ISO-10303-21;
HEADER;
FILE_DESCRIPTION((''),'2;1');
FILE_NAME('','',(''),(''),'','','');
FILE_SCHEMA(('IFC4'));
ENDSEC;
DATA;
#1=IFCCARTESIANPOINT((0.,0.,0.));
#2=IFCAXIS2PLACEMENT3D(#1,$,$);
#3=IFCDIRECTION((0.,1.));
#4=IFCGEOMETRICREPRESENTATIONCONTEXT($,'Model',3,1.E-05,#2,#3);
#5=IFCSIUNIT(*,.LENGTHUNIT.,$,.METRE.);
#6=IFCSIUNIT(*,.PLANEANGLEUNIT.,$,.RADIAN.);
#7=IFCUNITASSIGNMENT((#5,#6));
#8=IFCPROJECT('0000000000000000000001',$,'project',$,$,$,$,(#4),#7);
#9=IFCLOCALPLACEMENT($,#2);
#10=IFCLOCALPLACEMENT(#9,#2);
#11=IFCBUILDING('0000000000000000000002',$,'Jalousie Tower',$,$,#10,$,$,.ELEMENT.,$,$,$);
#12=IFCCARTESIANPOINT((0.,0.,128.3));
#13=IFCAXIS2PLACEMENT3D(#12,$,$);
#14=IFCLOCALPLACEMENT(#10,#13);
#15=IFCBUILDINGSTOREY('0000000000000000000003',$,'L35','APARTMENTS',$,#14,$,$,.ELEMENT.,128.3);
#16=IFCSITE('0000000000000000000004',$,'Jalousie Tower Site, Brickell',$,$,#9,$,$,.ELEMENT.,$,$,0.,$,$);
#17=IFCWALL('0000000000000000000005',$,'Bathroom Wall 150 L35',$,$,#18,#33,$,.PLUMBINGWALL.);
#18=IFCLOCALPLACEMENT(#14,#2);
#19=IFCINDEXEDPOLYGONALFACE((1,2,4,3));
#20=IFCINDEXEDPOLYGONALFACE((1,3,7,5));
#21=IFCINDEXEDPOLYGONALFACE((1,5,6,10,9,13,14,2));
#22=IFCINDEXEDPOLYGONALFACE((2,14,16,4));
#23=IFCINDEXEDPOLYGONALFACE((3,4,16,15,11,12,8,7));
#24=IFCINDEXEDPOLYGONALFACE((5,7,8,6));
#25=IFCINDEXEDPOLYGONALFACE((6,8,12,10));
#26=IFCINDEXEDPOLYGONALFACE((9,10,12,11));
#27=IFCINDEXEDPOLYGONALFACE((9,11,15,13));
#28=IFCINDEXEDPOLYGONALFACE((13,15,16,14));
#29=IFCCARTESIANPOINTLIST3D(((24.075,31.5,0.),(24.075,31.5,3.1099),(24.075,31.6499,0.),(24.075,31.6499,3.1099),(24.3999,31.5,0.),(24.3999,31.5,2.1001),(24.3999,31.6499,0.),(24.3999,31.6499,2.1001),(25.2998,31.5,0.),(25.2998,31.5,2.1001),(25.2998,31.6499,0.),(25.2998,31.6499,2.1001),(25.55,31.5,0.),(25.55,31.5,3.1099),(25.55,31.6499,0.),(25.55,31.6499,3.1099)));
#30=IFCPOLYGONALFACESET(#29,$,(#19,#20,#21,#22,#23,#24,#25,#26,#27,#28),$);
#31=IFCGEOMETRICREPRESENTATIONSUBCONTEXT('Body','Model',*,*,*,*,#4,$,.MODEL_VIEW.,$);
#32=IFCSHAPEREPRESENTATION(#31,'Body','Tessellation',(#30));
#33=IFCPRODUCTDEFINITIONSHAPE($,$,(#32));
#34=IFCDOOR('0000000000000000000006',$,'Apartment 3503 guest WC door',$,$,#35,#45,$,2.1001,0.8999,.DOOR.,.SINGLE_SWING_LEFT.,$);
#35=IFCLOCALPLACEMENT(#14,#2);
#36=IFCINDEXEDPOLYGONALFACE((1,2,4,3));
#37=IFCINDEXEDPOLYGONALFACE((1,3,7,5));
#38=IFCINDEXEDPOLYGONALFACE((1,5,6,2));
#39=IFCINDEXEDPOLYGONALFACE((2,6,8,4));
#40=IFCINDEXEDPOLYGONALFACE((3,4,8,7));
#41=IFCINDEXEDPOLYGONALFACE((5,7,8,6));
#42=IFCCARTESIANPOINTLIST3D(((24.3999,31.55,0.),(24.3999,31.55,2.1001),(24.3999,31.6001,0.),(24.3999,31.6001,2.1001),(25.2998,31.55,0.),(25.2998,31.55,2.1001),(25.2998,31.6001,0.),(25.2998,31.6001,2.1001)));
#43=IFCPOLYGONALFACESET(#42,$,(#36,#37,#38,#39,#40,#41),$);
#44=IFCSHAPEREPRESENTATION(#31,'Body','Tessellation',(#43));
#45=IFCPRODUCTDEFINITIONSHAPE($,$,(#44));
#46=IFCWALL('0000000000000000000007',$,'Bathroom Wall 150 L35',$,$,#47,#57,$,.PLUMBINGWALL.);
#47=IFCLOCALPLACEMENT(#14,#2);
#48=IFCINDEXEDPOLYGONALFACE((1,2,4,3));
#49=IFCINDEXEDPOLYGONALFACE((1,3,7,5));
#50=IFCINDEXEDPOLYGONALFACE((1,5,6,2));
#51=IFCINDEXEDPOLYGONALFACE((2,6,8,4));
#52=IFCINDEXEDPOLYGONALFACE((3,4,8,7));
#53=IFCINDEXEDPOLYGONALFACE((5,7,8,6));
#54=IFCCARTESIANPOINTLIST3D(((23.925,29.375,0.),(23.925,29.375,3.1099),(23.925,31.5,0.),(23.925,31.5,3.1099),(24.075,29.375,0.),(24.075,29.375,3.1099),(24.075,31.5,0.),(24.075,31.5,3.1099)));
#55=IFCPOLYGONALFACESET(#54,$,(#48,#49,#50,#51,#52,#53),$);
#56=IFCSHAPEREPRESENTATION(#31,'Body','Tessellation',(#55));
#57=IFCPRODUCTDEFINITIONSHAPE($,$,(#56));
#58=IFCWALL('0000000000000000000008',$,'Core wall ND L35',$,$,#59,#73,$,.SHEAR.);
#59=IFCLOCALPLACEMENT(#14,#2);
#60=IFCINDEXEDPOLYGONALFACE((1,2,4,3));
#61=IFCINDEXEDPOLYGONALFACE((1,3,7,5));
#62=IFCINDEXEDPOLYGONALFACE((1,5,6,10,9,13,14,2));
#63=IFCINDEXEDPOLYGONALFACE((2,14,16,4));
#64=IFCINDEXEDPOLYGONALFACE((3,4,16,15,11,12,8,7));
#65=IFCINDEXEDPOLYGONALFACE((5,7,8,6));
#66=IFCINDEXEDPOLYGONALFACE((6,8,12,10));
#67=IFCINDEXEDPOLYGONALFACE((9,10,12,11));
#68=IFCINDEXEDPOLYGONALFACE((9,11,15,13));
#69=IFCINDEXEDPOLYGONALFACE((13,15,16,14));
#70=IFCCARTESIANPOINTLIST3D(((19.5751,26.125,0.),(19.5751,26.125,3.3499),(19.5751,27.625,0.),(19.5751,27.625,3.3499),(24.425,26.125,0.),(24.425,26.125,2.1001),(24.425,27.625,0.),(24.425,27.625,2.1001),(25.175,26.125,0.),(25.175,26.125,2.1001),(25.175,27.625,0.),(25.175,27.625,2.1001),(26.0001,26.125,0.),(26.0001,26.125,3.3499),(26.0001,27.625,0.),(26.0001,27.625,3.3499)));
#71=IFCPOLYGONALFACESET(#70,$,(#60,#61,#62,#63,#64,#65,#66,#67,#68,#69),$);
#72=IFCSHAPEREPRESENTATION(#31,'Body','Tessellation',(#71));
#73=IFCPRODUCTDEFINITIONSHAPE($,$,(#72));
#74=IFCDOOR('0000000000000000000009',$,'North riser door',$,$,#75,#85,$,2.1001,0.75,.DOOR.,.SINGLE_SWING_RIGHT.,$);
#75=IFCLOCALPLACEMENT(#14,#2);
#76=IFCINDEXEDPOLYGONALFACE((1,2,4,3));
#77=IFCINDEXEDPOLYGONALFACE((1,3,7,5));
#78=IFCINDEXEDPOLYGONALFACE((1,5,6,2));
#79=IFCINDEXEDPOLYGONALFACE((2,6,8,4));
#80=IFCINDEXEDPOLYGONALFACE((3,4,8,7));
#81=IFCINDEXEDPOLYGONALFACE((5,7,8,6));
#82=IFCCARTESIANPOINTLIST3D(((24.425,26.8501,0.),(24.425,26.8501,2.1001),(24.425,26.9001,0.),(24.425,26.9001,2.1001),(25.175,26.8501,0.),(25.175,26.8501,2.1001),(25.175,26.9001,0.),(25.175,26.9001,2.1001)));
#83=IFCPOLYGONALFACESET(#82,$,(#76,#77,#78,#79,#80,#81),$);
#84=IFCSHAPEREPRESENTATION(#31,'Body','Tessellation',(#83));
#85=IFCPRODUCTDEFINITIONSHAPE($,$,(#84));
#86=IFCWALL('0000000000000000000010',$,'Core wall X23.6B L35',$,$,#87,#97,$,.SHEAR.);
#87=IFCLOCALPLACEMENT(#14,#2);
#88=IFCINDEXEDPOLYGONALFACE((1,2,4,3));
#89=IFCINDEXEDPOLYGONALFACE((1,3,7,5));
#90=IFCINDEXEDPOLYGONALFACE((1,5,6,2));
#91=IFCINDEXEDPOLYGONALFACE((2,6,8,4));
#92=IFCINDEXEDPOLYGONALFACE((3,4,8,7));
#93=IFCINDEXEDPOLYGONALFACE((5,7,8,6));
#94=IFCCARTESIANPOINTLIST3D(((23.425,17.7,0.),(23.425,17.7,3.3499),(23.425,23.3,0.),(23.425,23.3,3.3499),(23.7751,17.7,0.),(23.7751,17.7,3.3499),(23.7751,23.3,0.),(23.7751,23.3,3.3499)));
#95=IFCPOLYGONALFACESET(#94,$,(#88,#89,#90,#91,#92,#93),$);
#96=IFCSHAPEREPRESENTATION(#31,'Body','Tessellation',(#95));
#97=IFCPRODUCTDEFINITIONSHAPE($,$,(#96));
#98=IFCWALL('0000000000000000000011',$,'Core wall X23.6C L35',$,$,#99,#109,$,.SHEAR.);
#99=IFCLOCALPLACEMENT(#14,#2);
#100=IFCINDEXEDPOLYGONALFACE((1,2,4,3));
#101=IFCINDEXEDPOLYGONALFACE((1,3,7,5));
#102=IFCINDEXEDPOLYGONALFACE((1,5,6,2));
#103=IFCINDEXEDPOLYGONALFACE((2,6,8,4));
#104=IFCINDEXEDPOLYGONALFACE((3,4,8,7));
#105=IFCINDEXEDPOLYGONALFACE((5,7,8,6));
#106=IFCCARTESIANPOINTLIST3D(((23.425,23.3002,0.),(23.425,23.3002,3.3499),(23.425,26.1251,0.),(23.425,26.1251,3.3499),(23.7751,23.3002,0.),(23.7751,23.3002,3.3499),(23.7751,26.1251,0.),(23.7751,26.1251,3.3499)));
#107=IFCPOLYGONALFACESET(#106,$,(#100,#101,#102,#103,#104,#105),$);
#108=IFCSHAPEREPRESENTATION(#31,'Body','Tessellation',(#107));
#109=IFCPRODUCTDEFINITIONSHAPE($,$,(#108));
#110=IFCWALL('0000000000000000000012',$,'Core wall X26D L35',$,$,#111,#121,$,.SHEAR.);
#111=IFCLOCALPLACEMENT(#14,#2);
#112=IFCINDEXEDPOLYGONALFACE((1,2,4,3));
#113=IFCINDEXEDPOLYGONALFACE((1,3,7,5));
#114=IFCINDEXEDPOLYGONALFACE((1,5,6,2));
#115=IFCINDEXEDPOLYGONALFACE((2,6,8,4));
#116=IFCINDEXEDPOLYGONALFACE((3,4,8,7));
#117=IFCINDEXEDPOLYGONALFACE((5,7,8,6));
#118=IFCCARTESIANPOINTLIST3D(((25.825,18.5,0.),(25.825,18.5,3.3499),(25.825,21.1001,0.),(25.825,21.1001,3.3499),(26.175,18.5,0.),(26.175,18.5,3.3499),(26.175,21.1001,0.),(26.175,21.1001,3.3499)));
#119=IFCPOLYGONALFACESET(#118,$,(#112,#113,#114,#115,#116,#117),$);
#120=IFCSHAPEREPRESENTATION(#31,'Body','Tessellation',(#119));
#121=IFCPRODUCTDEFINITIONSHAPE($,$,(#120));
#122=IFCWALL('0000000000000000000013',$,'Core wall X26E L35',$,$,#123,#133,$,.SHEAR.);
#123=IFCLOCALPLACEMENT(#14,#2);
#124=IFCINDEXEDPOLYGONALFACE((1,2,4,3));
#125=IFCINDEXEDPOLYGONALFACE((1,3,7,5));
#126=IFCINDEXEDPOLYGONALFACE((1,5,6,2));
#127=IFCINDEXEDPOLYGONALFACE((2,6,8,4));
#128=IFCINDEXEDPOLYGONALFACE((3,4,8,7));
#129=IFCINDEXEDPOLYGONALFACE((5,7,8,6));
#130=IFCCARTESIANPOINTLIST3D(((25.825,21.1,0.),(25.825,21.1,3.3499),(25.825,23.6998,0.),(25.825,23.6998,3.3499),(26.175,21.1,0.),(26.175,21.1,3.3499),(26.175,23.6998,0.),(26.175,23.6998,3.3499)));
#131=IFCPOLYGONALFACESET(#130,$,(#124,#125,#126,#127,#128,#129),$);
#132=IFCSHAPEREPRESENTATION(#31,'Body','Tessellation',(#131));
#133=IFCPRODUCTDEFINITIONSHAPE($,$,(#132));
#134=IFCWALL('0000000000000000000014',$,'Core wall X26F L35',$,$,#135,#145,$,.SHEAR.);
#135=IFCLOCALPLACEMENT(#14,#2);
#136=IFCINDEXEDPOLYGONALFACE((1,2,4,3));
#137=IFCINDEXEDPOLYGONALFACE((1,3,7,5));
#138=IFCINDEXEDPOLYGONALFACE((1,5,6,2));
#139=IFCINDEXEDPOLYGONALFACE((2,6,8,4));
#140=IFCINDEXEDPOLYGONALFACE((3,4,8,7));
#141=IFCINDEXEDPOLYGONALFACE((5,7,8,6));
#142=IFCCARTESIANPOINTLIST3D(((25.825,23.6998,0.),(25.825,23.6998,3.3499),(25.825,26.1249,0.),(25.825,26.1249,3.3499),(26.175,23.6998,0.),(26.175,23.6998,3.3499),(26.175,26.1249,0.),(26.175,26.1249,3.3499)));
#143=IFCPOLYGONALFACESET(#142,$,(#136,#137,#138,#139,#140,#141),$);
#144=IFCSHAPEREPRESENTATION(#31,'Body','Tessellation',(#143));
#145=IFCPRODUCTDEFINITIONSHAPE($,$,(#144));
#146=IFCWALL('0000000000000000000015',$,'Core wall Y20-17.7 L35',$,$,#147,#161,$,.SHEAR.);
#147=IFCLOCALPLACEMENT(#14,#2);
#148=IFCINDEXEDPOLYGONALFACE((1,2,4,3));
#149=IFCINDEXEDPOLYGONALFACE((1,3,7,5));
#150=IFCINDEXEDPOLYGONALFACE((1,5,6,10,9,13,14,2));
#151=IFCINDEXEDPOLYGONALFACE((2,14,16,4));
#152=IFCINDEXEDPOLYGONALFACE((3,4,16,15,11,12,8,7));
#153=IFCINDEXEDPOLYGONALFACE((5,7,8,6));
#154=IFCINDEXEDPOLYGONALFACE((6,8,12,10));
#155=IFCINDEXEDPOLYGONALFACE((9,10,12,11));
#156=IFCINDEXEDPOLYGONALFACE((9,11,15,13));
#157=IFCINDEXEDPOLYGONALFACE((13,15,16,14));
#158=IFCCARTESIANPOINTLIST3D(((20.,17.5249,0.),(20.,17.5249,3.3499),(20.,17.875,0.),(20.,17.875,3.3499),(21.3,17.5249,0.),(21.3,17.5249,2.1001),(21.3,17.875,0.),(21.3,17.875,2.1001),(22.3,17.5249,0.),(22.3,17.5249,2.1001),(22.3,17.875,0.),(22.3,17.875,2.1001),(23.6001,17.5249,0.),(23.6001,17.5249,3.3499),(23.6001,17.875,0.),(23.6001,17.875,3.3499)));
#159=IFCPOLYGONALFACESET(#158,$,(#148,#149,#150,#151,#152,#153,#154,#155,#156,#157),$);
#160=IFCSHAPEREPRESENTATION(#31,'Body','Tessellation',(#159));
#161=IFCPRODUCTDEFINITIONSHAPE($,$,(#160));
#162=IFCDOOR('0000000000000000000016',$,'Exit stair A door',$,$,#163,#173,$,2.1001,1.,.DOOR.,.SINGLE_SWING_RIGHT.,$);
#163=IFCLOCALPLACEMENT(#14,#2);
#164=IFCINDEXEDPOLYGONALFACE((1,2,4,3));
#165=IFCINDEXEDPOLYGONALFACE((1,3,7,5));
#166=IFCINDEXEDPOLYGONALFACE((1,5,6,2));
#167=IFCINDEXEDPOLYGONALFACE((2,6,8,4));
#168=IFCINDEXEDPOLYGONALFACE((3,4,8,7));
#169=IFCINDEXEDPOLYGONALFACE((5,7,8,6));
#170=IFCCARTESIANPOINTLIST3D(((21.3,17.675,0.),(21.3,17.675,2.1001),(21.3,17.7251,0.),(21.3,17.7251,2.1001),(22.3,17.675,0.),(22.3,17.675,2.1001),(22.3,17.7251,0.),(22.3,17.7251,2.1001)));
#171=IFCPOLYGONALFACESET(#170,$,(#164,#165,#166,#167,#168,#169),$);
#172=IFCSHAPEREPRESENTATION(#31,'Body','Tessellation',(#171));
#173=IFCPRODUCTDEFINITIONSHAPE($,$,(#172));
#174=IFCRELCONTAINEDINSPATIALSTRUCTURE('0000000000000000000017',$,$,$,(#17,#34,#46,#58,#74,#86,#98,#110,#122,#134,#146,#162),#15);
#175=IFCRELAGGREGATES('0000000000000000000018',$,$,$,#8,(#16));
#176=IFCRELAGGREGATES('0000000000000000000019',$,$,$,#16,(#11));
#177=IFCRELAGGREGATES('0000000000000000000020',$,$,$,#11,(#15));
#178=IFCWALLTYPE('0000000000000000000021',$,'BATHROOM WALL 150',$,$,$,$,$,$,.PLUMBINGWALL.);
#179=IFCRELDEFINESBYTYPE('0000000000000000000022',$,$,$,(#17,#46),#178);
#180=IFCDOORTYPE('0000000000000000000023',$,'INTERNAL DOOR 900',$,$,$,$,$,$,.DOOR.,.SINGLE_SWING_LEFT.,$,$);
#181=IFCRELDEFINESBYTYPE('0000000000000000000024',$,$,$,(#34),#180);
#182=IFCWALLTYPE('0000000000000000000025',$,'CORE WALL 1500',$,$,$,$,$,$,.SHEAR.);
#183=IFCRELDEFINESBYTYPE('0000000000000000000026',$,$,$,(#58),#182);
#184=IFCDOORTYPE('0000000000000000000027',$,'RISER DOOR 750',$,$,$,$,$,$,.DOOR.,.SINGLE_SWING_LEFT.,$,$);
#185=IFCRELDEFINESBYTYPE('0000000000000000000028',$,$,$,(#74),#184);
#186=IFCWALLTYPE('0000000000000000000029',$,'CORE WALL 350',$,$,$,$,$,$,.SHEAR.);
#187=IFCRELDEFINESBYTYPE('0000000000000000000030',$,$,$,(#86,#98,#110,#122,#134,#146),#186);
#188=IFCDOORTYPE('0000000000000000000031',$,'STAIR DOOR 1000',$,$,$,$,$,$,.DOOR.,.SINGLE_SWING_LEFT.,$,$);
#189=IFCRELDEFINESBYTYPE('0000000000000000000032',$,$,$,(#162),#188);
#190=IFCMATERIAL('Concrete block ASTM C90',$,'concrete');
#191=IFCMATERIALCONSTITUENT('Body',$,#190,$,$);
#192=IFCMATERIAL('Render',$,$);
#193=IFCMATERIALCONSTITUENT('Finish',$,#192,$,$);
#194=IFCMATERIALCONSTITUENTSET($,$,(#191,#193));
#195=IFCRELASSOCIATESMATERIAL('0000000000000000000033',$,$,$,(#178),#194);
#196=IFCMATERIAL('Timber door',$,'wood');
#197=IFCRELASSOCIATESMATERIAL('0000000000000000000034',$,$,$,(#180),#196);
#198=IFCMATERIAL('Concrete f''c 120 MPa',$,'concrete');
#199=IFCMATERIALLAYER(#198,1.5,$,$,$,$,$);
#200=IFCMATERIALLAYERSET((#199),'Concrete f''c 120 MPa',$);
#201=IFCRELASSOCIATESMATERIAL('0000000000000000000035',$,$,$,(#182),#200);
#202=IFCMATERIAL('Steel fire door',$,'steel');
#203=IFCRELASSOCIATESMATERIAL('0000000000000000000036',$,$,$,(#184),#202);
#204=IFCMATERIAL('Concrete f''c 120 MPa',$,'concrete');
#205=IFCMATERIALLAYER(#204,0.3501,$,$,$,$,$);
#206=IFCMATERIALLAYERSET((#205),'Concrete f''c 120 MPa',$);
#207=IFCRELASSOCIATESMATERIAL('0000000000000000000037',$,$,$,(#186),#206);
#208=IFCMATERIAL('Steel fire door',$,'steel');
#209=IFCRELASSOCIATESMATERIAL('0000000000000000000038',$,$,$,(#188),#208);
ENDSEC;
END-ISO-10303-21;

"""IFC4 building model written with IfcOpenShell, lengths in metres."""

from ifc_helpers import new_model, si_unit, direction, frame, frame_2d, origin, place, context, subcontext, project, spatial, rectangle, extrude, material, layer, layer_set, constituent, constituent_set, type_object, element, fill, save


model = new_model("IFC4")

# Units and contexts
model_context = context("Model", 3, precision=1e-05, world=origin(), true_north=direction((0.0, 1.0)))
body_context = subcontext(model_context, "Body", "Model", "MODEL_VIEW")
ifc_project = project(units=[si_unit("LENGTHUNIT", "METRE"), si_unit("PLANEANGLEUNIT", "RADIAN")], contexts=[model_context])

# Site, building, storey
site_placement = place(None, origin())
site = spatial("IfcSite", under=ifc_project, at=site_placement, Name="Jalousie Tower Site, Brickell", CompositionType="ELEMENT", RefElevation=0.0)
building_placement = place(site_placement, origin())
building = spatial("IfcBuilding", under=site, at=building_placement, Name="Jalousie Tower", CompositionType="ELEMENT")
storey_placement = place(building_placement, frame((0.0, 0.0, 128.3)))
storey = spatial("IfcBuildingStorey", under=building, at=storey_placement, Name="L35", Description="APARTMENTS", CompositionType="ELEMENT", Elevation=128.3)

# Wall, opening, door
ifc_material_1 = material(Name="Concrete block ASTM C90", Category="concrete")
ifc_constituent_1 = constituent(ifc_material_1, Name="Body")
ifc_material_2 = material(Name="Render")
ifc_constituent_2 = constituent(ifc_material_2, Name="Finish")
ifc_constituent_set = constituent_set(constituents=[ifc_constituent_1, ifc_constituent_2])
wall_type_1 = type_object("IfcWallType", Name="BATHROOM WALL 150", PredefinedType="PLUMBINGWALL", material=ifc_constituent_set)
wall_1_placement = place(storey_placement, frame((24.075, 31.575, 0.0), z_axis=(0.0, 0.0, 1.0), x_axis=(1.0, 0.0, 0.0)))
wall_1 = element("IfcWall", 1, at=wall_1_placement, inside=storey, type_object=wall_type_1, Name="Bathroom Wall 150 L35", PredefinedType="PLUMBINGWALL", context=body_context, shape_type="SweptSolid", body=[
    extrude(rectangle(XDim=1.4751, YDim=0.1499, at=frame_2d((0.7375, 0.0))), origin(), (0.0, 0.0, 1.0), 3.1099),
])
opening_1_placement = place(wall_1_placement, frame((0.325, 0.0, 0.0)))
opening_1 = element("IfcOpeningElement", 2, at=opening_1_placement, cuts=wall_1, PredefinedType="OPENING", context=body_context, shape_type="SweptSolid", body=[
    extrude(rectangle(XDim=0.8999, YDim=2.1001, at=frame_2d((0.45, 1.05))), frame((0.0, 0.085, 0.0), z_axis=(0.0, -1.0, 0.0), x_axis=(1.0, 0.0, 0.0)), (0.0, 0.0, 1.0), 0.1699),
])
ifc_material_3 = material(Name="Timber door", Category="wood")
door_type_1 = type_object("IfcDoorType", Name="INTERNAL DOOR 900", OperationType="SINGLE_SWING_LEFT", PredefinedType="DOOR", material=ifc_material_3)
door_1_placement = place(opening_1_placement, frame((0.8999, 0.0, 0.0), z_axis=(0.0, 0.0, 1.0), x_axis=(-1.0, 0.0, 0.0)))
door_1 = element("IfcDoor", 3, at=door_1_placement, inside=storey, type_object=door_type_1, Name="Apartment 3503 guest WC door", OperationType="SINGLE_SWING_LEFT", OverallHeight=2.1001, OverallWidth=0.8999, PredefinedType="DOOR", context=body_context, shape_type="SweptSolid", body=[
    extrude(rectangle(XDim=0.8999, YDim=2.1001, at=frame_2d((0.45, 1.05))), frame((0.0, 0.0249, 0.0), z_axis=(0.0, -1.0, 0.0), x_axis=(1.0, 0.0, 0.0)), (0.0, 0.0, 1.0), 0.05),
])
fill(opening_1, door_1)

# Wall
wall_2_placement = place(storey_placement, frame((24.0, 31.5, 0.0), z_axis=(0.0, 0.0, 1.0), x_axis=(0.0, -1.0, 0.0)))
element("IfcWall", 4, at=wall_2_placement, inside=storey, type_object=wall_type_1, Name="Bathroom Wall 150 L35", PredefinedType="PLUMBINGWALL", context=body_context, shape_type="SweptSolid", body=[
    extrude(rectangle(XDim=2.125, YDim=0.1499, at=frame_2d((1.0625, 0.0))), origin(), (0.0, 0.0, 1.0), 3.1099),
])

# Wall, opening, door
ifc_material_4 = material(Name="Concrete f'c 120 MPa", Category="concrete")
ifc_layer_1 = layer(ifc_material_4, 1.5)
ifc_layer_set_1 = layer_set([ifc_layer_1], Name="Concrete f'c 120 MPa")
wall_type_2 = type_object("IfcWallType", Name="CORE WALL 1500", PredefinedType="SHEAR", material=ifc_layer_set_1)
wall_3_placement = place(storey_placement, frame((26.0, 26.875, 0.0), z_axis=(0.0, 0.0, 1.0), x_axis=(-1.0, 0.0, 0.0)))
wall_3 = element("IfcWall", 5, at=wall_3_placement, inside=storey, type_object=wall_type_2, Name="Core wall ND L35", PredefinedType="SHEAR", context=body_context, shape_type="SweptSolid", body=[
    extrude(rectangle(XDim=6.425, YDim=1.5, at=frame_2d((3.2124, 0.0))), origin(), (0.0, 0.0, 1.0), 3.3499),
])
opening_2_placement = place(wall_3_placement, frame((0.825, 0.0, 0.0)))
opening_2 = element("IfcOpeningElement", 6, at=opening_2_placement, cuts=wall_3, PredefinedType="OPENING", context=body_context, shape_type="SweptSolid", body=[
    extrude(rectangle(XDim=0.75, YDim=2.1001, at=frame_2d((0.375, 1.05))), frame((0.0, 0.76, 0.0), z_axis=(0.0, -1.0, 0.0), x_axis=(1.0, 0.0, 0.0)), (0.0, 0.0, 1.0), 1.52),
])
ifc_material_5 = material(Name="Steel fire door", Category="steel")
door_type_2 = type_object("IfcDoorType", Name="RISER DOOR 750", OperationType="SINGLE_SWING_LEFT", PredefinedType="DOOR", material=ifc_material_5)
door_2_placement = place(opening_2_placement, origin())
door_2 = element("IfcDoor", 7, at=door_2_placement, inside=storey, type_object=door_type_2, Name="North riser door", OperationType="SINGLE_SWING_RIGHT", OverallHeight=2.1001, OverallWidth=0.75, PredefinedType="DOOR", context=body_context, shape_type="SweptSolid", body=[
    extrude(rectangle(XDim=0.75, YDim=2.1001, at=frame_2d((0.375, 1.05))), frame((0.0, 0.0249, 0.0), z_axis=(0.0, -1.0, 0.0), x_axis=(1.0, 0.0, 0.0)), (0.0, 0.0, 1.0), 0.05),
])
fill(opening_2, door_2)

# Walls
ifc_material_6 = material(Name="Concrete f'c 120 MPa", Category="concrete")
ifc_layer_2 = layer(ifc_material_6, 0.3501)
ifc_layer_set_2 = layer_set([ifc_layer_2], Name="Concrete f'c 120 MPa")
wall_type_3 = type_object("IfcWallType", Name="CORE WALL 350", PredefinedType="SHEAR", material=ifc_layer_set_2)
wall_4_placement = place(storey_placement, frame((23.6001, 17.7, 0.0), z_axis=(0.0, 0.0, 1.0), x_axis=(0.0, 1.0, 0.0)))
element("IfcWall", 8, at=wall_4_placement, inside=storey, type_object=wall_type_3, Name="Core wall X23.6B L35", PredefinedType="SHEAR", context=body_context, shape_type="SweptSolid", body=[
    extrude(rectangle(XDim=5.6001, YDim=0.3501, at=frame_2d((2.8, 0.0))), origin(), (0.0, 0.0, 1.0), 3.3499),
])
wall_5_placement = place(storey_placement, frame((23.6001, 23.3, 0.0), z_axis=(0.0, 0.0, 1.0), x_axis=(0.0, 1.0, 0.0)))
element("IfcWall", 9, at=wall_5_placement, inside=storey, type_object=wall_type_3, Name="Core wall X23.6C L35", PredefinedType="SHEAR", context=body_context, shape_type="SweptSolid", body=[
    extrude(rectangle(XDim=2.825, YDim=0.3501, at=frame_2d((1.4126, 0.0))), origin(), (0.0, 0.0, 1.0), 3.3499),
])
wall_6_placement = place(storey_placement, frame((26.0, 18.5, 0.0), z_axis=(0.0, 0.0, 1.0), x_axis=(0.0, 1.0, 0.0)))
element("IfcWall", 10, at=wall_6_placement, inside=storey, type_object=wall_type_3, Name="Core wall X26D L35", PredefinedType="SHEAR", context=body_context, shape_type="SweptSolid", body=[
    extrude(rectangle(XDim=2.6001, YDim=0.3501, at=frame_2d((1.3, 0.0))), origin(), (0.0, 0.0, 1.0), 3.3499),
])
wall_7_placement = place(storey_placement, frame((26.0, 21.1001, 0.0), z_axis=(0.0, 0.0, 1.0), x_axis=(0.0, 1.0, 0.0)))
element("IfcWall", 11, at=wall_7_placement, inside=storey, type_object=wall_type_3, Name="Core wall X26E L35", PredefinedType="SHEAR", context=body_context, shape_type="SweptSolid", body=[
    extrude(rectangle(XDim=2.5999, YDim=0.3501, at=frame_2d((1.2998, 0.0))), origin(), (0.0, 0.0, 1.0), 3.3499),
])
wall_8_placement = place(storey_placement, frame((26.0, 23.7, 0.0), z_axis=(0.0, 0.0, 1.0), x_axis=(0.0, 1.0, 0.0)))
element("IfcWall", 12, at=wall_8_placement, inside=storey, type_object=wall_type_3, Name="Core wall X26F L35", PredefinedType="SHEAR", context=body_context, shape_type="SweptSolid", body=[
    extrude(rectangle(XDim=2.425, YDim=0.3501, at=frame_2d((1.2124, 0.0))), origin(), (0.0, 0.0, 1.0), 3.3499),
])

# Wall, opening, door
wall_9_placement = place(storey_placement, frame((20.0, 17.7, 0.0), z_axis=(0.0, 0.0, 1.0), x_axis=(1.0, 0.0, 0.0)))
wall_9 = element("IfcWall", 13, at=wall_9_placement, inside=storey, type_object=wall_type_3, Name="Core wall Y20-17.7 L35", PredefinedType="SHEAR", context=body_context, shape_type="SweptSolid", body=[
    extrude(rectangle(XDim=3.6001, YDim=0.3501, at=frame_2d((1.8, 0.0))), origin(), (0.0, 0.0, 1.0), 3.3499),
])
opening_3_placement = place(wall_9_placement, frame((1.3, 0.0, 0.0)))
opening_3 = element("IfcOpeningElement", 14, at=opening_3_placement, cuts=wall_9, PredefinedType="OPENING", context=body_context, shape_type="SweptSolid", body=[
    extrude(rectangle(XDim=1.0, YDim=2.1001, at=frame_2d((0.5, 1.05))), frame((0.0, 0.1851, 0.0), z_axis=(0.0, -1.0, 0.0), x_axis=(1.0, 0.0, 0.0)), (0.0, 0.0, 1.0), 0.3701),
])
ifc_material_7 = material(Name="Steel fire door", Category="steel")
door_type_3 = type_object("IfcDoorType", Name="STAIR DOOR 1000", OperationType="SINGLE_SWING_LEFT", PredefinedType="DOOR", material=ifc_material_7)
door_3_placement = place(opening_3_placement, frame((1.0, 0.0, 0.0), z_axis=(0.0, 0.0, 1.0), x_axis=(-1.0, 0.0, 0.0)))
door_3 = element("IfcDoor", 15, at=door_3_placement, inside=storey, type_object=door_type_3, Name="Exit stair A door", OperationType="SINGLE_SWING_RIGHT", OverallHeight=2.1001, OverallWidth=1.0, PredefinedType="DOOR", context=body_context, shape_type="SweptSolid", body=[
    extrude(rectangle(XDim=1.0, YDim=2.1001, at=frame_2d((0.5, 1.05))), frame((0.0, 0.0249, 0.0), z_axis=(0.0, -1.0, 0.0), x_axis=(1.0, 0.0, 0.0)), (0.0, 0.0, 1.0), 0.05),
])
fill(opening_3, door_3)

save(model, "model.ifc")
